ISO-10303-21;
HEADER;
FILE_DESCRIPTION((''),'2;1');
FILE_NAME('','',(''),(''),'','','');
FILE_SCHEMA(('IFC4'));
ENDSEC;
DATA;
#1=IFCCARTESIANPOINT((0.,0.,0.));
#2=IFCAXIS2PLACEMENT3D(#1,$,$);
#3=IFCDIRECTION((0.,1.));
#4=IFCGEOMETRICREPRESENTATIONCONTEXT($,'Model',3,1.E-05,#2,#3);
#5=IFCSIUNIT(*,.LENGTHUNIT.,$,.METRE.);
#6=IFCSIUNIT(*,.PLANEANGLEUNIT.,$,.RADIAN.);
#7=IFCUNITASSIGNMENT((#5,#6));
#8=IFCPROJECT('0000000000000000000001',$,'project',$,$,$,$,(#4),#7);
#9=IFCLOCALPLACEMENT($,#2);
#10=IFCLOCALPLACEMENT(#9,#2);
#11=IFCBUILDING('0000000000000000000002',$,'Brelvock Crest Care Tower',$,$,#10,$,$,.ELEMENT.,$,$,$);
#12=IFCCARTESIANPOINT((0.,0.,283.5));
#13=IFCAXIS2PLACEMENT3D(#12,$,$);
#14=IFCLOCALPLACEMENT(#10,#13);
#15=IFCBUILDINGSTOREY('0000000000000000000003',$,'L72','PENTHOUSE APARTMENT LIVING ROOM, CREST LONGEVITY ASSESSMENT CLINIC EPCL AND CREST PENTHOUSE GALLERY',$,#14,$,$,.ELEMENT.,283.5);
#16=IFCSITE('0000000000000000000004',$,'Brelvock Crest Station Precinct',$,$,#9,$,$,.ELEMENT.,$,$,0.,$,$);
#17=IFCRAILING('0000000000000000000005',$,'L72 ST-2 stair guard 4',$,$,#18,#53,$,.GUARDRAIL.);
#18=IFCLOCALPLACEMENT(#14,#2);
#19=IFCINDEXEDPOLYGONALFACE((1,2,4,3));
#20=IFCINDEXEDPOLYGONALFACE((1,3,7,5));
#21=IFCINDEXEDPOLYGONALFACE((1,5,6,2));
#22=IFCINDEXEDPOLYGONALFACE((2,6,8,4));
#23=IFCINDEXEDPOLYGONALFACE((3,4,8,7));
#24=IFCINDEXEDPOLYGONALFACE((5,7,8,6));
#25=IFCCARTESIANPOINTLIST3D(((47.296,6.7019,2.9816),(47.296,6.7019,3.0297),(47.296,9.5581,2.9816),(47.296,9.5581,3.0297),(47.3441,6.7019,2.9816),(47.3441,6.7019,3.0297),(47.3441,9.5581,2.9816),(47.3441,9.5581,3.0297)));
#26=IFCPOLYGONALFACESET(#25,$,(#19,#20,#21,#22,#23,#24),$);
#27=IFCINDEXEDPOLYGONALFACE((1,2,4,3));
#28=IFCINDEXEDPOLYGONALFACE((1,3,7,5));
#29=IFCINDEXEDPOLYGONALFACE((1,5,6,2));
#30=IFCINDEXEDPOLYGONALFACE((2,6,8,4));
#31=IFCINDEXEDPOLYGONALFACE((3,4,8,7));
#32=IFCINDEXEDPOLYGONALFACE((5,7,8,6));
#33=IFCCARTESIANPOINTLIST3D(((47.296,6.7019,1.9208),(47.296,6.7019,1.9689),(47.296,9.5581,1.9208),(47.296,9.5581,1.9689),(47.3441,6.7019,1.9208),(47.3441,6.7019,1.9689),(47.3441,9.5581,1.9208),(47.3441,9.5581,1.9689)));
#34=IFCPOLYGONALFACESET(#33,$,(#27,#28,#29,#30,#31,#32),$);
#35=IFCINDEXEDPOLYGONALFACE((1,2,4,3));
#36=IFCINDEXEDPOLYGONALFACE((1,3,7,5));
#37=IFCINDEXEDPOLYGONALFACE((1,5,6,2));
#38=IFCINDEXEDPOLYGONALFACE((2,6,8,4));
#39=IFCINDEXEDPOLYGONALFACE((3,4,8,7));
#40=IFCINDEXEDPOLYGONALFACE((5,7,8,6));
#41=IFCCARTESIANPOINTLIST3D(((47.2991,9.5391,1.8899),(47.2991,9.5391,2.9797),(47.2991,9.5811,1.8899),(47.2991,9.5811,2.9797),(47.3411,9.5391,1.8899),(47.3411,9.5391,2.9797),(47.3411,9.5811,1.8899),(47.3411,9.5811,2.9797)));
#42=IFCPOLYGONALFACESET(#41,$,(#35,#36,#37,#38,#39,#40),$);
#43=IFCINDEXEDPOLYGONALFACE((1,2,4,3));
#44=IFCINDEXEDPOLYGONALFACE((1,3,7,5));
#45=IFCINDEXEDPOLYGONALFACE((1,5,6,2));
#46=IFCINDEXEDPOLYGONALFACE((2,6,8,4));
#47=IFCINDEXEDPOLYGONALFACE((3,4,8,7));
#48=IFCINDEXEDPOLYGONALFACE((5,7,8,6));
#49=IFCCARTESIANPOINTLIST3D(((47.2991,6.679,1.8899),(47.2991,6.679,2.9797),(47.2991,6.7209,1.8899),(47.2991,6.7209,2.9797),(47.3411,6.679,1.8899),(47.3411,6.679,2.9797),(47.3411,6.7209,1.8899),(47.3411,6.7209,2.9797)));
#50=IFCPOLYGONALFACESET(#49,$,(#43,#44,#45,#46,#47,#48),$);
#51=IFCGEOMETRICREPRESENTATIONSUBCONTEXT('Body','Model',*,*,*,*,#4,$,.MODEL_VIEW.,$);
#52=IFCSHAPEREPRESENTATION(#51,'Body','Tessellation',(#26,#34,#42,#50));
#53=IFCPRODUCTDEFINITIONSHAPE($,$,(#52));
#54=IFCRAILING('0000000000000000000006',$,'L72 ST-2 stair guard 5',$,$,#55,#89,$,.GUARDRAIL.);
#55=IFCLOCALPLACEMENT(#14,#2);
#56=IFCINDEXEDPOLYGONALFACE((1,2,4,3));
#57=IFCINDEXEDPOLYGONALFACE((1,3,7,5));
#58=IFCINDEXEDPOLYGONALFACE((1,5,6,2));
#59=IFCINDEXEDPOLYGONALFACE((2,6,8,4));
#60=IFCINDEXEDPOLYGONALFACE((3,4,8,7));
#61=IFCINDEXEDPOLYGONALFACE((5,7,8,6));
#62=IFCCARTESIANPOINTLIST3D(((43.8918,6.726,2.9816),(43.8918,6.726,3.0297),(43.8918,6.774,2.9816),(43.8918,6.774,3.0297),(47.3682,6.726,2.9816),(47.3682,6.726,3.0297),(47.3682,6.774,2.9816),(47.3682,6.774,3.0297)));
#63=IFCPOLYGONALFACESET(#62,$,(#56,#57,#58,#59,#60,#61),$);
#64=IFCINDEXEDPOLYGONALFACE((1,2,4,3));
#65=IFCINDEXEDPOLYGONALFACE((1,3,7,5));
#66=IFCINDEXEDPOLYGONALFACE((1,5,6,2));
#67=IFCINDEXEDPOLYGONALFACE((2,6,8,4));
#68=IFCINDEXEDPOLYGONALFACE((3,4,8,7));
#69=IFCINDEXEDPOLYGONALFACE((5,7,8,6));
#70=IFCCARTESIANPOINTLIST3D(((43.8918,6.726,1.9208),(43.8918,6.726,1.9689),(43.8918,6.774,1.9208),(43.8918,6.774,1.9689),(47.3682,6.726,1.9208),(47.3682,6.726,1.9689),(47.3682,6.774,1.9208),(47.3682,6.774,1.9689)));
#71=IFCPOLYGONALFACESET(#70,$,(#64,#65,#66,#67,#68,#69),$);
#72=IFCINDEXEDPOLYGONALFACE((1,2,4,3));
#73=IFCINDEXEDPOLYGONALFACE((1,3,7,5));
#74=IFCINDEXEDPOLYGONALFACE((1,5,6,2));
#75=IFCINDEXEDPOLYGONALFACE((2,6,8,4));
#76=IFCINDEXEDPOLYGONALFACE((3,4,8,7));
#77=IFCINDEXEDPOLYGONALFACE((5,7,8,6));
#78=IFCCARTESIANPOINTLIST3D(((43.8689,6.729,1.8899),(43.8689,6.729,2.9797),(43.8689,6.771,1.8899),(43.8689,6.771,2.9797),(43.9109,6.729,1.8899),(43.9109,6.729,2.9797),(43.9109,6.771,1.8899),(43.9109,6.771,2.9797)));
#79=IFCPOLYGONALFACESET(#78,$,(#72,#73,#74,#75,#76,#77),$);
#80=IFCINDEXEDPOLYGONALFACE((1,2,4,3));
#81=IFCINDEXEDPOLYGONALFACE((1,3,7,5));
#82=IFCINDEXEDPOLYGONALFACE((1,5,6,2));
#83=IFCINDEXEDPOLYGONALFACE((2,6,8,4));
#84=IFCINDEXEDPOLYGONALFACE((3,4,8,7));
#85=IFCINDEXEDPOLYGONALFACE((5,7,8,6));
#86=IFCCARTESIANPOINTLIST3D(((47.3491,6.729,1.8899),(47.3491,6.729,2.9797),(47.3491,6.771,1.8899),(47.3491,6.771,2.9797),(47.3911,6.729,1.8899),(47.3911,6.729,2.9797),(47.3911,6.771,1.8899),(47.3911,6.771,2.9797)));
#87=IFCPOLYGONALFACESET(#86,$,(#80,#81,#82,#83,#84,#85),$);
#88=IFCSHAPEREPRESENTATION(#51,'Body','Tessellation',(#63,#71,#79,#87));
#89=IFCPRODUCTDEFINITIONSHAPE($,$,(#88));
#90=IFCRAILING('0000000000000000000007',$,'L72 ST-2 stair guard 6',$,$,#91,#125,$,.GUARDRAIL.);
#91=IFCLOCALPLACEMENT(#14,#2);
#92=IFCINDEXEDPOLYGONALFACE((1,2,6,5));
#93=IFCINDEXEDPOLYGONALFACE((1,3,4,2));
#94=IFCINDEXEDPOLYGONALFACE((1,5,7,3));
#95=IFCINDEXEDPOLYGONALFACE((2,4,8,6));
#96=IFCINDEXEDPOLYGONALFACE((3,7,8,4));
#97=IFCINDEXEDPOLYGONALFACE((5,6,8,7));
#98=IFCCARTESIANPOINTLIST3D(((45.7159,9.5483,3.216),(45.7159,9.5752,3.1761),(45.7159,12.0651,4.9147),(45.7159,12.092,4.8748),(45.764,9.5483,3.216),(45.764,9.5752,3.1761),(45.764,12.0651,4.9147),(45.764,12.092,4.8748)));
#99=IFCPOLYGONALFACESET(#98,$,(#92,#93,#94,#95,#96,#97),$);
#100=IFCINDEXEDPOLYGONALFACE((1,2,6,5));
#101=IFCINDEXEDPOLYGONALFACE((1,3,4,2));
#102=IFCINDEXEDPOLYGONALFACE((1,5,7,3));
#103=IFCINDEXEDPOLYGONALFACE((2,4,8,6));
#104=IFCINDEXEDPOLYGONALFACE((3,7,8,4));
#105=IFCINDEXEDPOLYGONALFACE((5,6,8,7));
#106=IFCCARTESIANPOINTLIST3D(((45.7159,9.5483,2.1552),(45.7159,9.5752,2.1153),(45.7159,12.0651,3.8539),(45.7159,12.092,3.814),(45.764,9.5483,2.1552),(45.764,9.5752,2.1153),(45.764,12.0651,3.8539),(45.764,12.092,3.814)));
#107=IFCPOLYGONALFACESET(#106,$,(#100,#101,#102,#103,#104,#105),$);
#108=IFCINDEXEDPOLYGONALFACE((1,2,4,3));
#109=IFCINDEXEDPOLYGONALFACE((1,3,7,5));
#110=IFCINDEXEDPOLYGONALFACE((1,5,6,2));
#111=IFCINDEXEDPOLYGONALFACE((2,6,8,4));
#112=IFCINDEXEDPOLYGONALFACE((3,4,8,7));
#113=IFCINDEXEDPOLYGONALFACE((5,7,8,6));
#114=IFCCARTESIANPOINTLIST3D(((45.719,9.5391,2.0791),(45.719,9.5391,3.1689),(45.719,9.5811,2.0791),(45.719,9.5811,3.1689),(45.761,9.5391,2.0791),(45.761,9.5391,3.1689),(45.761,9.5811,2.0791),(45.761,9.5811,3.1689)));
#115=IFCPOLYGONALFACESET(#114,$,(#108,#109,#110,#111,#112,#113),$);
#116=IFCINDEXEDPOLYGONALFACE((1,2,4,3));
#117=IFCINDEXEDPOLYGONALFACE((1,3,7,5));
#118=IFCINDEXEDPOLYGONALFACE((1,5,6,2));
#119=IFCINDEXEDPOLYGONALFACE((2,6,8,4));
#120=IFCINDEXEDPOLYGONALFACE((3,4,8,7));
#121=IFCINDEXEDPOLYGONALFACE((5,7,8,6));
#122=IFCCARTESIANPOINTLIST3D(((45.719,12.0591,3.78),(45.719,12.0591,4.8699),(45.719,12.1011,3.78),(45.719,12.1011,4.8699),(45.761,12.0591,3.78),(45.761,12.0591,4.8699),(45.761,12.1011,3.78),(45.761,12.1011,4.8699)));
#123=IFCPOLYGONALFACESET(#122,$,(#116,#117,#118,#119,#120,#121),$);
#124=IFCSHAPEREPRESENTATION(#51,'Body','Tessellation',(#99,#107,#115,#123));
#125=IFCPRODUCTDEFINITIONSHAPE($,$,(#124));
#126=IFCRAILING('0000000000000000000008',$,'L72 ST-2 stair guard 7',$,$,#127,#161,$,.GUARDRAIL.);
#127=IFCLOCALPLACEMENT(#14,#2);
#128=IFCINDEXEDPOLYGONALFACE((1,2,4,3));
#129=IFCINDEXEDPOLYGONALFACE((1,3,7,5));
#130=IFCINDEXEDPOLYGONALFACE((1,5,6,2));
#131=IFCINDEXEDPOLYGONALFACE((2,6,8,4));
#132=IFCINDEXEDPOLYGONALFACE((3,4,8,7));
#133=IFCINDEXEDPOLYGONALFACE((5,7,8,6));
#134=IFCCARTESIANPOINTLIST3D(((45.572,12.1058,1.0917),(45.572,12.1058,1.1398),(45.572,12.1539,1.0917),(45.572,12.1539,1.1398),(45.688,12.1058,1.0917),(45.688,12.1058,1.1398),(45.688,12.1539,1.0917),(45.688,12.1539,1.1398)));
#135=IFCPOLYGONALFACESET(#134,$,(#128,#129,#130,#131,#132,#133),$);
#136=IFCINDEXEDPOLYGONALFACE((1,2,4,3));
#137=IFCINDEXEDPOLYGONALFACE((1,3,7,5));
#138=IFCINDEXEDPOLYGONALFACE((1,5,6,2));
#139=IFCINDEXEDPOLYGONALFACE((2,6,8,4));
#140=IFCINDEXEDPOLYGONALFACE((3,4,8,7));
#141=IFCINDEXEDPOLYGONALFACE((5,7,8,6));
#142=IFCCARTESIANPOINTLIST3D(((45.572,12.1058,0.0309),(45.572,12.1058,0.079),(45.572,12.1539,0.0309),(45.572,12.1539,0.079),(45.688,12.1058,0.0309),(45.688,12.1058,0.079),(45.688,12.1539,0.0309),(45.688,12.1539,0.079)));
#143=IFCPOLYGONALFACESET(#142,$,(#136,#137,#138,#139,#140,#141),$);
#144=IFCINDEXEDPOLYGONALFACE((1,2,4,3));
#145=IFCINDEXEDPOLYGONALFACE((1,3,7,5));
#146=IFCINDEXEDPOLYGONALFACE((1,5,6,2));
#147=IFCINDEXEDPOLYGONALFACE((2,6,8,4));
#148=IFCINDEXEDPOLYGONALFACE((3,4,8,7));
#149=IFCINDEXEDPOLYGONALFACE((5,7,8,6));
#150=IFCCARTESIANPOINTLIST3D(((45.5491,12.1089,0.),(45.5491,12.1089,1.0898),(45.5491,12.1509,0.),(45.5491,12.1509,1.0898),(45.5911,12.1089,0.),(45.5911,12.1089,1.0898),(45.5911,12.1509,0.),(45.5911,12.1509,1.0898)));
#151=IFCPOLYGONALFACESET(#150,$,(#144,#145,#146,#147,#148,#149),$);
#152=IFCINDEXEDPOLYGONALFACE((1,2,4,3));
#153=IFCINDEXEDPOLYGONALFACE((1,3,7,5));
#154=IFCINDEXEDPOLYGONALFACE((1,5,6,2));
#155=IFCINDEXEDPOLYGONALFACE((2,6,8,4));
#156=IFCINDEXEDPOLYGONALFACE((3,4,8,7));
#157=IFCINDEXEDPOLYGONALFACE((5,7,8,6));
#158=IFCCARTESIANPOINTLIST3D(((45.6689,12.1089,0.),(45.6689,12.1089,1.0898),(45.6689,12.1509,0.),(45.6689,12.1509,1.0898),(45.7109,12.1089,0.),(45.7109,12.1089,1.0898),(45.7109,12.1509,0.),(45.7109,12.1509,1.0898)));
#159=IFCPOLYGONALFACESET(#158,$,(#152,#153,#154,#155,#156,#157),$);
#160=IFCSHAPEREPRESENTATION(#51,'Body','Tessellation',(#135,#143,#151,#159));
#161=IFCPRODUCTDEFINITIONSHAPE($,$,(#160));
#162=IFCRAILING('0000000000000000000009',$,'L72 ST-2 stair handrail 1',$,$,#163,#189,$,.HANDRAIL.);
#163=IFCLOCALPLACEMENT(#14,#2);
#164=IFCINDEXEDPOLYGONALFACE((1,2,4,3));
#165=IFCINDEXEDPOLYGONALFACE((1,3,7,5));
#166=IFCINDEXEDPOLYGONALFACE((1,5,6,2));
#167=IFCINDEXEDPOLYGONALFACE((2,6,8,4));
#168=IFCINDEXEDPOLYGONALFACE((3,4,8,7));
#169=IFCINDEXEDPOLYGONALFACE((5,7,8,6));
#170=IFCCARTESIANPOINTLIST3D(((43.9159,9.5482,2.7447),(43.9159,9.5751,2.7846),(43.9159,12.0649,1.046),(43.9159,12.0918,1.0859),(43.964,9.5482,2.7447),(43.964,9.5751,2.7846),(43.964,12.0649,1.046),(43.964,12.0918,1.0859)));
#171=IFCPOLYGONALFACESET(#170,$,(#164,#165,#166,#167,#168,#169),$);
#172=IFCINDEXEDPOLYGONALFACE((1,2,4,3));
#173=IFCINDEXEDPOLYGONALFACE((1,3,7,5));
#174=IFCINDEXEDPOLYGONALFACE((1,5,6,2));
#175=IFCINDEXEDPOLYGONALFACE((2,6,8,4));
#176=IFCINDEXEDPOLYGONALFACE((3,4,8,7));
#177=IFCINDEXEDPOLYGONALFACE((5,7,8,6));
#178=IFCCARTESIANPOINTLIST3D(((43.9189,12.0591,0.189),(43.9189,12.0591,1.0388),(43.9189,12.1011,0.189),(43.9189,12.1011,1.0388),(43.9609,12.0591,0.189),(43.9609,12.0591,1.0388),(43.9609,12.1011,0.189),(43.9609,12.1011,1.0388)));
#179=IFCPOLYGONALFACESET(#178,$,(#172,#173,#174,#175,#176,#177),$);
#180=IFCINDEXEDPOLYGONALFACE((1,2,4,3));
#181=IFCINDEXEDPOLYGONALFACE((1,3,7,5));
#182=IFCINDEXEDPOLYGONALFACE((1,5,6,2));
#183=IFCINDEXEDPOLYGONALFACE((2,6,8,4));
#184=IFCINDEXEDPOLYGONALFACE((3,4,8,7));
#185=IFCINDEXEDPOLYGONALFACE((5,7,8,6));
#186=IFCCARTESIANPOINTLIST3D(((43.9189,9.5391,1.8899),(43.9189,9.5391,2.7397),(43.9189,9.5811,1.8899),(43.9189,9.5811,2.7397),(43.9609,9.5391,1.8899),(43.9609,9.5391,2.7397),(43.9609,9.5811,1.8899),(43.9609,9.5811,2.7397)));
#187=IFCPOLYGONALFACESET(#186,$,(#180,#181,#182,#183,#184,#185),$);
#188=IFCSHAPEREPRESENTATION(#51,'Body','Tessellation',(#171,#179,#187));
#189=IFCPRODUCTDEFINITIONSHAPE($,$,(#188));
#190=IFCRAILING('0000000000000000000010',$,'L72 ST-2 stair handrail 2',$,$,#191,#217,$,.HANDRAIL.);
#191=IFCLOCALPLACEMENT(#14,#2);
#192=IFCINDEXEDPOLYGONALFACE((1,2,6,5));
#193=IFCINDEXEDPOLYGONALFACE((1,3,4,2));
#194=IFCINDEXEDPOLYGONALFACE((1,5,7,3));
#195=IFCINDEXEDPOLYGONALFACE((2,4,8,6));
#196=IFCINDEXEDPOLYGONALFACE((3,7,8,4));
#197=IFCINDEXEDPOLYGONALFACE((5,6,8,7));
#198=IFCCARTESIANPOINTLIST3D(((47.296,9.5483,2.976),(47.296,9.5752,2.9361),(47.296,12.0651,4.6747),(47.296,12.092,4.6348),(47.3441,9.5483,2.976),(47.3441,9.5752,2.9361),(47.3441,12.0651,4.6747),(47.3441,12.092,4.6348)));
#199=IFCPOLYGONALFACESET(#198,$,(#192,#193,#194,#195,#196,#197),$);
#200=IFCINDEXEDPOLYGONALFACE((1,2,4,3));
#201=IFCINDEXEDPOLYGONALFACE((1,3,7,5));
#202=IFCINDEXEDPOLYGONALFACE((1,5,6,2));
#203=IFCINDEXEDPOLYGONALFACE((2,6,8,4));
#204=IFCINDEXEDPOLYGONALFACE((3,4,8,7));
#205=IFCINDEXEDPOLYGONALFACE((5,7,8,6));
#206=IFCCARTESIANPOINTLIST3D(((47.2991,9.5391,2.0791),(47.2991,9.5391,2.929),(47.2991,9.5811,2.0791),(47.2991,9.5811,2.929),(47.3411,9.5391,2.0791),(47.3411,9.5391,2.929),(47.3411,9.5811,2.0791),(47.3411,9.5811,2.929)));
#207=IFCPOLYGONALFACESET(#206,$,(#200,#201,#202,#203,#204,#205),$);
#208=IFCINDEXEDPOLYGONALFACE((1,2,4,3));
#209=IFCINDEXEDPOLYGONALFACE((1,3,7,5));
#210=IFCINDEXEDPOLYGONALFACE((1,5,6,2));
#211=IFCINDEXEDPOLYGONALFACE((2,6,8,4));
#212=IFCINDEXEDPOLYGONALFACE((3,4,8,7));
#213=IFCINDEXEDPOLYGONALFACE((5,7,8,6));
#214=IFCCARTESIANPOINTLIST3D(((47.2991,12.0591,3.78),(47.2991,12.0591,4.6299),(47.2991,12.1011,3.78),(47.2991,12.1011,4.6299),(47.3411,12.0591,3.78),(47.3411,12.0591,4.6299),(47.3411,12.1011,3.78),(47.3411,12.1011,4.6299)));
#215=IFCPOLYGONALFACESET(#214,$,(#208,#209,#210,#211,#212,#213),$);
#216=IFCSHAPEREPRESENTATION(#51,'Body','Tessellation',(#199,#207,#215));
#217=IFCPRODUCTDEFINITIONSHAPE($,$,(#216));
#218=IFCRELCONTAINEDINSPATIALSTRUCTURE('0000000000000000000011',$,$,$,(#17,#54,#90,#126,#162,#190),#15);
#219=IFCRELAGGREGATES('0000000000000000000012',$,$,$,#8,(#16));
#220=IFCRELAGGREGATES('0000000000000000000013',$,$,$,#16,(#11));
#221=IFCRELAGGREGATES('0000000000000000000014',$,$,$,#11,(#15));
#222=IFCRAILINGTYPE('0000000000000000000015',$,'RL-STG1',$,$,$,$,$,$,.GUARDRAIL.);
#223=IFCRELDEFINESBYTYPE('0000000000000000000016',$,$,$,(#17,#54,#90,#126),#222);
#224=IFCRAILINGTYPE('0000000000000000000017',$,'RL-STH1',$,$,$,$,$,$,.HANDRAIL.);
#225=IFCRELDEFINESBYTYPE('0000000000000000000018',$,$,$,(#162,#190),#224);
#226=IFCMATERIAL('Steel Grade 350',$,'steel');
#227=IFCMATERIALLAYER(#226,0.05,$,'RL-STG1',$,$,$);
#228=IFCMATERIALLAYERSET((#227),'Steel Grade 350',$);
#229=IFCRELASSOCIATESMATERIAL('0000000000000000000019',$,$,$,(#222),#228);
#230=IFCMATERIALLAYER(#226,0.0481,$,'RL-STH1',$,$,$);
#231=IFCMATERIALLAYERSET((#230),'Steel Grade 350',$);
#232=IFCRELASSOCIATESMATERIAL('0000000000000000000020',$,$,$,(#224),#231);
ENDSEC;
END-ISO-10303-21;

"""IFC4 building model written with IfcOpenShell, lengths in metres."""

from ifc_helpers import new_model, si_unit, direction, frame, origin, origin_2d, place, context, subcontext, project, spatial, rectangle, extrude, material, layer, layer_set, type_object, element, save


model = new_model("IFC4")

# Units and contexts
model_context = context("Model", 3, precision=1e-05, world=origin(), true_north=direction((0.0, 1.0)))
body_context = subcontext(model_context, "Body", "Model", "MODEL_VIEW")
ifc_project = project(units=[si_unit("LENGTHUNIT", "METRE"), si_unit("PLANEANGLEUNIT", "RADIAN")], contexts=[model_context])

# Site, building, storey
site_placement = place(None, origin())
site = spatial("IfcSite", under=ifc_project, at=site_placement, Name="Brelvock Crest Station Precinct", CompositionType="ELEMENT", RefElevation=0.0)
building_placement = place(site_placement, origin())
building = spatial("IfcBuilding", under=site, at=building_placement, Name="Brelvock Crest Care Tower", CompositionType="ELEMENT")
storey_placement = place(building_placement, frame((0.0, 0.0, 283.5)))
storey = spatial("IfcBuildingStorey", under=building, at=storey_placement, Name="L72", Description="PENTHOUSE APARTMENT LIVING ROOM, CREST LONGEVITY ASSESSMENT CLINIC EPCL AND CREST PENTHOUSE GALLERY", CompositionType="ELEMENT", Elevation=283.5)

# Shared definitions
ifc_material_1 = material(Name="Steel Grade 350", Category="steel")

# Railings
ifc_layer_1 = layer(ifc_material_1, 0.05, Name="RL-STG1")
ifc_layer_set_1 = layer_set([ifc_layer_1], Name="Steel Grade 350")
railing_type_1 = type_object("IfcRailingType", Name="RL-STG1", PredefinedType="GUARDRAIL", material=ifc_layer_set_1)
for number, where, name in (
    (1, (47.3201, 9.5601, 1.8899), "L72 ST-2 stair guard 4"),
):
    element("IfcRailing", number, at=place(storey_placement, frame(where)), inside=storey, type_object=railing_type_1, Name=name, PredefinedType="GUARDRAIL", context=body_context, shape_type="SweptSolid", body=[
        extrude(rectangle(XDim=0.0481, YDim=0.0481, at=origin_2d()), frame((0.0, -0.002, 1.1157), z_axis=(0.0, -1.0, 0.0), x_axis=(1.0, 0.0, 0.0)), (0.0, 0.0, 1.0), 2.8562),
        extrude(rectangle(XDim=0.0481, YDim=0.0481, at=origin_2d()), frame((0.0, -0.002, 0.0549), z_axis=(0.0, -1.0, 0.0), x_axis=(1.0, 0.0, 0.0)), (0.0, 0.0, 1.0), 2.8562),
        extrude(rectangle(XDim=0.042, YDim=0.042, at=origin_2d()), origin(), (0.0, 0.0, 1.0), 1.0898),
        extrude(rectangle(XDim=0.042, YDim=0.042, at=origin_2d()), frame((0.0, -2.8601, 0.0)), (0.0, 0.0, 1.0), 1.0898),
    ])
railing_1_placement = place(storey_placement, frame((43.8899, 6.75, 1.8899)))
element("IfcRailing", 2, at=railing_1_placement, inside=storey, type_object=railing_type_1, Name="L72 ST-2 stair guard 5", PredefinedType="GUARDRAIL", context=body_context, shape_type="SweptSolid", body=[
    extrude(rectangle(XDim=0.0481, YDim=0.0481, at=origin_2d()), frame((0.002, 0.0, 1.1157), z_axis=(1.0, 0.0, 0.0), x_axis=(0.0, 1.0, 0.0)), (0.0, 0.0, 1.0), 3.4763),
    extrude(rectangle(XDim=0.0481, YDim=0.0481, at=origin_2d()), frame((0.002, 0.0, 0.0549), z_axis=(1.0, 0.0, 0.0), x_axis=(0.0, 1.0, 0.0)), (0.0, 0.0, 1.0), 3.4763),
    extrude(rectangle(XDim=0.042, YDim=0.042, at=origin_2d()), origin(), (0.0, 0.0, 1.0), 1.0898),
    extrude(rectangle(XDim=0.042, YDim=0.042, at=origin_2d()), frame((3.4802, 0.0, 0.0)), (0.0, 0.0, 1.0), 1.0898),
])
railing_2_placement = place(storey_placement, frame((45.74, 9.5601, 2.0791)))
element("IfcRailing", 3, at=railing_2_placement, inside=storey, type_object=railing_type_1, Name="L72 ST-2 stair guard 6", PredefinedType="GUARDRAIL", context=body_context, shape_type="SweptSolid", body=[
    extrude(rectangle(XDim=0.0481, YDim=0.0481, at=origin_2d()), frame((0.0, 0.0017, 1.1169), z_axis=(0.0, 0.828862, 0.559454), x_axis=(-1.0, 0.0, 0.0)), (0.0, 0.0, 1.0), 3.0364),
    extrude(rectangle(XDim=0.0481, YDim=0.0481, at=origin_2d()), frame((0.0, 0.0017, 0.0562), z_axis=(0.0, 0.828862, 0.559454), x_axis=(-1.0, 0.0, 0.0)), (0.0, 0.0, 1.0), 3.0364),
    extrude(rectangle(XDim=0.042, YDim=0.042, at=origin_2d()), origin(), (0.0, 0.0, 1.0), 1.0898),
    extrude(rectangle(XDim=0.042, YDim=0.042, at=origin_2d()), frame((0.0, 2.52, 1.7009)), (0.0, 0.0, 1.0), 1.0898),
])
railing_3_placement = place(storey_placement, frame((45.5701, 12.1299, 0.0)))
element("IfcRailing", 4, at=railing_3_placement, inside=storey, type_object=railing_type_1, Name="L72 ST-2 stair guard 7", PredefinedType="GUARDRAIL", context=body_context, shape_type="SweptSolid", body=[
    extrude(rectangle(XDim=0.0481, YDim=0.0481, at=origin_2d()), frame((0.002, 0.0, 1.1157), z_axis=(1.0, 0.0, 0.0), x_axis=(0.0, 1.0, 0.0)), (0.0, 0.0, 1.0), 0.116),
    extrude(rectangle(XDim=0.0481, YDim=0.0481, at=origin_2d()), frame((0.002, 0.0, 0.0549), z_axis=(1.0, 0.0, 0.0), x_axis=(0.0, 1.0, 0.0)), (0.0, 0.0, 1.0), 0.116),
    extrude(rectangle(XDim=0.042, YDim=0.042, at=origin_2d()), origin(), (0.0, 0.0, 1.0), 1.0898),
    extrude(rectangle(XDim=0.042, YDim=0.042, at=origin_2d()), frame((0.1199, 0.0, 0.0)), (0.0, 0.0, 1.0), 1.0898),
])
ifc_layer_2 = layer(ifc_material_1, 0.0481, Name="RL-STH1")
ifc_layer_set_2 = layer_set([ifc_layer_2], Name="Steel Grade 350")
railing_type_2 = type_object("IfcRailingType", Name="RL-STH1", PredefinedType="HANDRAIL", material=ifc_layer_set_2)
railing_4_placement = place(storey_placement, frame((43.9399, 12.0801, 0.189)))
element("IfcRailing", 5, at=railing_4_placement, inside=storey, type_object=railing_type_2, Name="L72 ST-2 stair handrail 1", PredefinedType="HANDRAIL", context=body_context, shape_type="SweptSolid", body=[
    extrude(rectangle(XDim=0.0481, YDim=0.0481, at=origin_2d()), frame((0.0, -0.0017, 0.877), z_axis=(0.0, -0.828862, 0.559454), x_axis=(1.0, 0.0, 0.0)), (0.0, 0.0, 1.0), 3.0364),
    extrude(rectangle(XDim=0.042, YDim=0.042, at=origin_2d()), origin(), (0.0, 0.0, 1.0), 0.8499),
    extrude(rectangle(XDim=0.042, YDim=0.042, at=origin_2d()), frame((0.0, -2.52, 1.7009)), (0.0, 0.0, 1.0), 0.8499),
])
railing_5_placement = place(storey_placement, frame((47.3201, 9.5601, 2.0791)))
element("IfcRailing", 6, at=railing_5_placement, inside=storey, type_object=railing_type_2, Name="L72 ST-2 stair handrail 2", PredefinedType="HANDRAIL", context=body_context, shape_type="SweptSolid", body=[
    extrude(rectangle(XDim=0.0481, YDim=0.0481, at=origin_2d()), frame((0.0, 0.0017, 0.877), z_axis=(0.0, 0.828862, 0.559454), x_axis=(-1.0, 0.0, 0.0)), (0.0, 0.0, 1.0), 3.0364),
    extrude(rectangle(XDim=0.042, YDim=0.042, at=origin_2d()), origin(), (0.0, 0.0, 1.0), 0.8499),
    extrude(rectangle(XDim=0.042, YDim=0.042, at=origin_2d()), frame((0.0, 2.52, 1.7009)), (0.0, 0.0, 1.0), 0.8499),
])

save(model, "model.ifc")
